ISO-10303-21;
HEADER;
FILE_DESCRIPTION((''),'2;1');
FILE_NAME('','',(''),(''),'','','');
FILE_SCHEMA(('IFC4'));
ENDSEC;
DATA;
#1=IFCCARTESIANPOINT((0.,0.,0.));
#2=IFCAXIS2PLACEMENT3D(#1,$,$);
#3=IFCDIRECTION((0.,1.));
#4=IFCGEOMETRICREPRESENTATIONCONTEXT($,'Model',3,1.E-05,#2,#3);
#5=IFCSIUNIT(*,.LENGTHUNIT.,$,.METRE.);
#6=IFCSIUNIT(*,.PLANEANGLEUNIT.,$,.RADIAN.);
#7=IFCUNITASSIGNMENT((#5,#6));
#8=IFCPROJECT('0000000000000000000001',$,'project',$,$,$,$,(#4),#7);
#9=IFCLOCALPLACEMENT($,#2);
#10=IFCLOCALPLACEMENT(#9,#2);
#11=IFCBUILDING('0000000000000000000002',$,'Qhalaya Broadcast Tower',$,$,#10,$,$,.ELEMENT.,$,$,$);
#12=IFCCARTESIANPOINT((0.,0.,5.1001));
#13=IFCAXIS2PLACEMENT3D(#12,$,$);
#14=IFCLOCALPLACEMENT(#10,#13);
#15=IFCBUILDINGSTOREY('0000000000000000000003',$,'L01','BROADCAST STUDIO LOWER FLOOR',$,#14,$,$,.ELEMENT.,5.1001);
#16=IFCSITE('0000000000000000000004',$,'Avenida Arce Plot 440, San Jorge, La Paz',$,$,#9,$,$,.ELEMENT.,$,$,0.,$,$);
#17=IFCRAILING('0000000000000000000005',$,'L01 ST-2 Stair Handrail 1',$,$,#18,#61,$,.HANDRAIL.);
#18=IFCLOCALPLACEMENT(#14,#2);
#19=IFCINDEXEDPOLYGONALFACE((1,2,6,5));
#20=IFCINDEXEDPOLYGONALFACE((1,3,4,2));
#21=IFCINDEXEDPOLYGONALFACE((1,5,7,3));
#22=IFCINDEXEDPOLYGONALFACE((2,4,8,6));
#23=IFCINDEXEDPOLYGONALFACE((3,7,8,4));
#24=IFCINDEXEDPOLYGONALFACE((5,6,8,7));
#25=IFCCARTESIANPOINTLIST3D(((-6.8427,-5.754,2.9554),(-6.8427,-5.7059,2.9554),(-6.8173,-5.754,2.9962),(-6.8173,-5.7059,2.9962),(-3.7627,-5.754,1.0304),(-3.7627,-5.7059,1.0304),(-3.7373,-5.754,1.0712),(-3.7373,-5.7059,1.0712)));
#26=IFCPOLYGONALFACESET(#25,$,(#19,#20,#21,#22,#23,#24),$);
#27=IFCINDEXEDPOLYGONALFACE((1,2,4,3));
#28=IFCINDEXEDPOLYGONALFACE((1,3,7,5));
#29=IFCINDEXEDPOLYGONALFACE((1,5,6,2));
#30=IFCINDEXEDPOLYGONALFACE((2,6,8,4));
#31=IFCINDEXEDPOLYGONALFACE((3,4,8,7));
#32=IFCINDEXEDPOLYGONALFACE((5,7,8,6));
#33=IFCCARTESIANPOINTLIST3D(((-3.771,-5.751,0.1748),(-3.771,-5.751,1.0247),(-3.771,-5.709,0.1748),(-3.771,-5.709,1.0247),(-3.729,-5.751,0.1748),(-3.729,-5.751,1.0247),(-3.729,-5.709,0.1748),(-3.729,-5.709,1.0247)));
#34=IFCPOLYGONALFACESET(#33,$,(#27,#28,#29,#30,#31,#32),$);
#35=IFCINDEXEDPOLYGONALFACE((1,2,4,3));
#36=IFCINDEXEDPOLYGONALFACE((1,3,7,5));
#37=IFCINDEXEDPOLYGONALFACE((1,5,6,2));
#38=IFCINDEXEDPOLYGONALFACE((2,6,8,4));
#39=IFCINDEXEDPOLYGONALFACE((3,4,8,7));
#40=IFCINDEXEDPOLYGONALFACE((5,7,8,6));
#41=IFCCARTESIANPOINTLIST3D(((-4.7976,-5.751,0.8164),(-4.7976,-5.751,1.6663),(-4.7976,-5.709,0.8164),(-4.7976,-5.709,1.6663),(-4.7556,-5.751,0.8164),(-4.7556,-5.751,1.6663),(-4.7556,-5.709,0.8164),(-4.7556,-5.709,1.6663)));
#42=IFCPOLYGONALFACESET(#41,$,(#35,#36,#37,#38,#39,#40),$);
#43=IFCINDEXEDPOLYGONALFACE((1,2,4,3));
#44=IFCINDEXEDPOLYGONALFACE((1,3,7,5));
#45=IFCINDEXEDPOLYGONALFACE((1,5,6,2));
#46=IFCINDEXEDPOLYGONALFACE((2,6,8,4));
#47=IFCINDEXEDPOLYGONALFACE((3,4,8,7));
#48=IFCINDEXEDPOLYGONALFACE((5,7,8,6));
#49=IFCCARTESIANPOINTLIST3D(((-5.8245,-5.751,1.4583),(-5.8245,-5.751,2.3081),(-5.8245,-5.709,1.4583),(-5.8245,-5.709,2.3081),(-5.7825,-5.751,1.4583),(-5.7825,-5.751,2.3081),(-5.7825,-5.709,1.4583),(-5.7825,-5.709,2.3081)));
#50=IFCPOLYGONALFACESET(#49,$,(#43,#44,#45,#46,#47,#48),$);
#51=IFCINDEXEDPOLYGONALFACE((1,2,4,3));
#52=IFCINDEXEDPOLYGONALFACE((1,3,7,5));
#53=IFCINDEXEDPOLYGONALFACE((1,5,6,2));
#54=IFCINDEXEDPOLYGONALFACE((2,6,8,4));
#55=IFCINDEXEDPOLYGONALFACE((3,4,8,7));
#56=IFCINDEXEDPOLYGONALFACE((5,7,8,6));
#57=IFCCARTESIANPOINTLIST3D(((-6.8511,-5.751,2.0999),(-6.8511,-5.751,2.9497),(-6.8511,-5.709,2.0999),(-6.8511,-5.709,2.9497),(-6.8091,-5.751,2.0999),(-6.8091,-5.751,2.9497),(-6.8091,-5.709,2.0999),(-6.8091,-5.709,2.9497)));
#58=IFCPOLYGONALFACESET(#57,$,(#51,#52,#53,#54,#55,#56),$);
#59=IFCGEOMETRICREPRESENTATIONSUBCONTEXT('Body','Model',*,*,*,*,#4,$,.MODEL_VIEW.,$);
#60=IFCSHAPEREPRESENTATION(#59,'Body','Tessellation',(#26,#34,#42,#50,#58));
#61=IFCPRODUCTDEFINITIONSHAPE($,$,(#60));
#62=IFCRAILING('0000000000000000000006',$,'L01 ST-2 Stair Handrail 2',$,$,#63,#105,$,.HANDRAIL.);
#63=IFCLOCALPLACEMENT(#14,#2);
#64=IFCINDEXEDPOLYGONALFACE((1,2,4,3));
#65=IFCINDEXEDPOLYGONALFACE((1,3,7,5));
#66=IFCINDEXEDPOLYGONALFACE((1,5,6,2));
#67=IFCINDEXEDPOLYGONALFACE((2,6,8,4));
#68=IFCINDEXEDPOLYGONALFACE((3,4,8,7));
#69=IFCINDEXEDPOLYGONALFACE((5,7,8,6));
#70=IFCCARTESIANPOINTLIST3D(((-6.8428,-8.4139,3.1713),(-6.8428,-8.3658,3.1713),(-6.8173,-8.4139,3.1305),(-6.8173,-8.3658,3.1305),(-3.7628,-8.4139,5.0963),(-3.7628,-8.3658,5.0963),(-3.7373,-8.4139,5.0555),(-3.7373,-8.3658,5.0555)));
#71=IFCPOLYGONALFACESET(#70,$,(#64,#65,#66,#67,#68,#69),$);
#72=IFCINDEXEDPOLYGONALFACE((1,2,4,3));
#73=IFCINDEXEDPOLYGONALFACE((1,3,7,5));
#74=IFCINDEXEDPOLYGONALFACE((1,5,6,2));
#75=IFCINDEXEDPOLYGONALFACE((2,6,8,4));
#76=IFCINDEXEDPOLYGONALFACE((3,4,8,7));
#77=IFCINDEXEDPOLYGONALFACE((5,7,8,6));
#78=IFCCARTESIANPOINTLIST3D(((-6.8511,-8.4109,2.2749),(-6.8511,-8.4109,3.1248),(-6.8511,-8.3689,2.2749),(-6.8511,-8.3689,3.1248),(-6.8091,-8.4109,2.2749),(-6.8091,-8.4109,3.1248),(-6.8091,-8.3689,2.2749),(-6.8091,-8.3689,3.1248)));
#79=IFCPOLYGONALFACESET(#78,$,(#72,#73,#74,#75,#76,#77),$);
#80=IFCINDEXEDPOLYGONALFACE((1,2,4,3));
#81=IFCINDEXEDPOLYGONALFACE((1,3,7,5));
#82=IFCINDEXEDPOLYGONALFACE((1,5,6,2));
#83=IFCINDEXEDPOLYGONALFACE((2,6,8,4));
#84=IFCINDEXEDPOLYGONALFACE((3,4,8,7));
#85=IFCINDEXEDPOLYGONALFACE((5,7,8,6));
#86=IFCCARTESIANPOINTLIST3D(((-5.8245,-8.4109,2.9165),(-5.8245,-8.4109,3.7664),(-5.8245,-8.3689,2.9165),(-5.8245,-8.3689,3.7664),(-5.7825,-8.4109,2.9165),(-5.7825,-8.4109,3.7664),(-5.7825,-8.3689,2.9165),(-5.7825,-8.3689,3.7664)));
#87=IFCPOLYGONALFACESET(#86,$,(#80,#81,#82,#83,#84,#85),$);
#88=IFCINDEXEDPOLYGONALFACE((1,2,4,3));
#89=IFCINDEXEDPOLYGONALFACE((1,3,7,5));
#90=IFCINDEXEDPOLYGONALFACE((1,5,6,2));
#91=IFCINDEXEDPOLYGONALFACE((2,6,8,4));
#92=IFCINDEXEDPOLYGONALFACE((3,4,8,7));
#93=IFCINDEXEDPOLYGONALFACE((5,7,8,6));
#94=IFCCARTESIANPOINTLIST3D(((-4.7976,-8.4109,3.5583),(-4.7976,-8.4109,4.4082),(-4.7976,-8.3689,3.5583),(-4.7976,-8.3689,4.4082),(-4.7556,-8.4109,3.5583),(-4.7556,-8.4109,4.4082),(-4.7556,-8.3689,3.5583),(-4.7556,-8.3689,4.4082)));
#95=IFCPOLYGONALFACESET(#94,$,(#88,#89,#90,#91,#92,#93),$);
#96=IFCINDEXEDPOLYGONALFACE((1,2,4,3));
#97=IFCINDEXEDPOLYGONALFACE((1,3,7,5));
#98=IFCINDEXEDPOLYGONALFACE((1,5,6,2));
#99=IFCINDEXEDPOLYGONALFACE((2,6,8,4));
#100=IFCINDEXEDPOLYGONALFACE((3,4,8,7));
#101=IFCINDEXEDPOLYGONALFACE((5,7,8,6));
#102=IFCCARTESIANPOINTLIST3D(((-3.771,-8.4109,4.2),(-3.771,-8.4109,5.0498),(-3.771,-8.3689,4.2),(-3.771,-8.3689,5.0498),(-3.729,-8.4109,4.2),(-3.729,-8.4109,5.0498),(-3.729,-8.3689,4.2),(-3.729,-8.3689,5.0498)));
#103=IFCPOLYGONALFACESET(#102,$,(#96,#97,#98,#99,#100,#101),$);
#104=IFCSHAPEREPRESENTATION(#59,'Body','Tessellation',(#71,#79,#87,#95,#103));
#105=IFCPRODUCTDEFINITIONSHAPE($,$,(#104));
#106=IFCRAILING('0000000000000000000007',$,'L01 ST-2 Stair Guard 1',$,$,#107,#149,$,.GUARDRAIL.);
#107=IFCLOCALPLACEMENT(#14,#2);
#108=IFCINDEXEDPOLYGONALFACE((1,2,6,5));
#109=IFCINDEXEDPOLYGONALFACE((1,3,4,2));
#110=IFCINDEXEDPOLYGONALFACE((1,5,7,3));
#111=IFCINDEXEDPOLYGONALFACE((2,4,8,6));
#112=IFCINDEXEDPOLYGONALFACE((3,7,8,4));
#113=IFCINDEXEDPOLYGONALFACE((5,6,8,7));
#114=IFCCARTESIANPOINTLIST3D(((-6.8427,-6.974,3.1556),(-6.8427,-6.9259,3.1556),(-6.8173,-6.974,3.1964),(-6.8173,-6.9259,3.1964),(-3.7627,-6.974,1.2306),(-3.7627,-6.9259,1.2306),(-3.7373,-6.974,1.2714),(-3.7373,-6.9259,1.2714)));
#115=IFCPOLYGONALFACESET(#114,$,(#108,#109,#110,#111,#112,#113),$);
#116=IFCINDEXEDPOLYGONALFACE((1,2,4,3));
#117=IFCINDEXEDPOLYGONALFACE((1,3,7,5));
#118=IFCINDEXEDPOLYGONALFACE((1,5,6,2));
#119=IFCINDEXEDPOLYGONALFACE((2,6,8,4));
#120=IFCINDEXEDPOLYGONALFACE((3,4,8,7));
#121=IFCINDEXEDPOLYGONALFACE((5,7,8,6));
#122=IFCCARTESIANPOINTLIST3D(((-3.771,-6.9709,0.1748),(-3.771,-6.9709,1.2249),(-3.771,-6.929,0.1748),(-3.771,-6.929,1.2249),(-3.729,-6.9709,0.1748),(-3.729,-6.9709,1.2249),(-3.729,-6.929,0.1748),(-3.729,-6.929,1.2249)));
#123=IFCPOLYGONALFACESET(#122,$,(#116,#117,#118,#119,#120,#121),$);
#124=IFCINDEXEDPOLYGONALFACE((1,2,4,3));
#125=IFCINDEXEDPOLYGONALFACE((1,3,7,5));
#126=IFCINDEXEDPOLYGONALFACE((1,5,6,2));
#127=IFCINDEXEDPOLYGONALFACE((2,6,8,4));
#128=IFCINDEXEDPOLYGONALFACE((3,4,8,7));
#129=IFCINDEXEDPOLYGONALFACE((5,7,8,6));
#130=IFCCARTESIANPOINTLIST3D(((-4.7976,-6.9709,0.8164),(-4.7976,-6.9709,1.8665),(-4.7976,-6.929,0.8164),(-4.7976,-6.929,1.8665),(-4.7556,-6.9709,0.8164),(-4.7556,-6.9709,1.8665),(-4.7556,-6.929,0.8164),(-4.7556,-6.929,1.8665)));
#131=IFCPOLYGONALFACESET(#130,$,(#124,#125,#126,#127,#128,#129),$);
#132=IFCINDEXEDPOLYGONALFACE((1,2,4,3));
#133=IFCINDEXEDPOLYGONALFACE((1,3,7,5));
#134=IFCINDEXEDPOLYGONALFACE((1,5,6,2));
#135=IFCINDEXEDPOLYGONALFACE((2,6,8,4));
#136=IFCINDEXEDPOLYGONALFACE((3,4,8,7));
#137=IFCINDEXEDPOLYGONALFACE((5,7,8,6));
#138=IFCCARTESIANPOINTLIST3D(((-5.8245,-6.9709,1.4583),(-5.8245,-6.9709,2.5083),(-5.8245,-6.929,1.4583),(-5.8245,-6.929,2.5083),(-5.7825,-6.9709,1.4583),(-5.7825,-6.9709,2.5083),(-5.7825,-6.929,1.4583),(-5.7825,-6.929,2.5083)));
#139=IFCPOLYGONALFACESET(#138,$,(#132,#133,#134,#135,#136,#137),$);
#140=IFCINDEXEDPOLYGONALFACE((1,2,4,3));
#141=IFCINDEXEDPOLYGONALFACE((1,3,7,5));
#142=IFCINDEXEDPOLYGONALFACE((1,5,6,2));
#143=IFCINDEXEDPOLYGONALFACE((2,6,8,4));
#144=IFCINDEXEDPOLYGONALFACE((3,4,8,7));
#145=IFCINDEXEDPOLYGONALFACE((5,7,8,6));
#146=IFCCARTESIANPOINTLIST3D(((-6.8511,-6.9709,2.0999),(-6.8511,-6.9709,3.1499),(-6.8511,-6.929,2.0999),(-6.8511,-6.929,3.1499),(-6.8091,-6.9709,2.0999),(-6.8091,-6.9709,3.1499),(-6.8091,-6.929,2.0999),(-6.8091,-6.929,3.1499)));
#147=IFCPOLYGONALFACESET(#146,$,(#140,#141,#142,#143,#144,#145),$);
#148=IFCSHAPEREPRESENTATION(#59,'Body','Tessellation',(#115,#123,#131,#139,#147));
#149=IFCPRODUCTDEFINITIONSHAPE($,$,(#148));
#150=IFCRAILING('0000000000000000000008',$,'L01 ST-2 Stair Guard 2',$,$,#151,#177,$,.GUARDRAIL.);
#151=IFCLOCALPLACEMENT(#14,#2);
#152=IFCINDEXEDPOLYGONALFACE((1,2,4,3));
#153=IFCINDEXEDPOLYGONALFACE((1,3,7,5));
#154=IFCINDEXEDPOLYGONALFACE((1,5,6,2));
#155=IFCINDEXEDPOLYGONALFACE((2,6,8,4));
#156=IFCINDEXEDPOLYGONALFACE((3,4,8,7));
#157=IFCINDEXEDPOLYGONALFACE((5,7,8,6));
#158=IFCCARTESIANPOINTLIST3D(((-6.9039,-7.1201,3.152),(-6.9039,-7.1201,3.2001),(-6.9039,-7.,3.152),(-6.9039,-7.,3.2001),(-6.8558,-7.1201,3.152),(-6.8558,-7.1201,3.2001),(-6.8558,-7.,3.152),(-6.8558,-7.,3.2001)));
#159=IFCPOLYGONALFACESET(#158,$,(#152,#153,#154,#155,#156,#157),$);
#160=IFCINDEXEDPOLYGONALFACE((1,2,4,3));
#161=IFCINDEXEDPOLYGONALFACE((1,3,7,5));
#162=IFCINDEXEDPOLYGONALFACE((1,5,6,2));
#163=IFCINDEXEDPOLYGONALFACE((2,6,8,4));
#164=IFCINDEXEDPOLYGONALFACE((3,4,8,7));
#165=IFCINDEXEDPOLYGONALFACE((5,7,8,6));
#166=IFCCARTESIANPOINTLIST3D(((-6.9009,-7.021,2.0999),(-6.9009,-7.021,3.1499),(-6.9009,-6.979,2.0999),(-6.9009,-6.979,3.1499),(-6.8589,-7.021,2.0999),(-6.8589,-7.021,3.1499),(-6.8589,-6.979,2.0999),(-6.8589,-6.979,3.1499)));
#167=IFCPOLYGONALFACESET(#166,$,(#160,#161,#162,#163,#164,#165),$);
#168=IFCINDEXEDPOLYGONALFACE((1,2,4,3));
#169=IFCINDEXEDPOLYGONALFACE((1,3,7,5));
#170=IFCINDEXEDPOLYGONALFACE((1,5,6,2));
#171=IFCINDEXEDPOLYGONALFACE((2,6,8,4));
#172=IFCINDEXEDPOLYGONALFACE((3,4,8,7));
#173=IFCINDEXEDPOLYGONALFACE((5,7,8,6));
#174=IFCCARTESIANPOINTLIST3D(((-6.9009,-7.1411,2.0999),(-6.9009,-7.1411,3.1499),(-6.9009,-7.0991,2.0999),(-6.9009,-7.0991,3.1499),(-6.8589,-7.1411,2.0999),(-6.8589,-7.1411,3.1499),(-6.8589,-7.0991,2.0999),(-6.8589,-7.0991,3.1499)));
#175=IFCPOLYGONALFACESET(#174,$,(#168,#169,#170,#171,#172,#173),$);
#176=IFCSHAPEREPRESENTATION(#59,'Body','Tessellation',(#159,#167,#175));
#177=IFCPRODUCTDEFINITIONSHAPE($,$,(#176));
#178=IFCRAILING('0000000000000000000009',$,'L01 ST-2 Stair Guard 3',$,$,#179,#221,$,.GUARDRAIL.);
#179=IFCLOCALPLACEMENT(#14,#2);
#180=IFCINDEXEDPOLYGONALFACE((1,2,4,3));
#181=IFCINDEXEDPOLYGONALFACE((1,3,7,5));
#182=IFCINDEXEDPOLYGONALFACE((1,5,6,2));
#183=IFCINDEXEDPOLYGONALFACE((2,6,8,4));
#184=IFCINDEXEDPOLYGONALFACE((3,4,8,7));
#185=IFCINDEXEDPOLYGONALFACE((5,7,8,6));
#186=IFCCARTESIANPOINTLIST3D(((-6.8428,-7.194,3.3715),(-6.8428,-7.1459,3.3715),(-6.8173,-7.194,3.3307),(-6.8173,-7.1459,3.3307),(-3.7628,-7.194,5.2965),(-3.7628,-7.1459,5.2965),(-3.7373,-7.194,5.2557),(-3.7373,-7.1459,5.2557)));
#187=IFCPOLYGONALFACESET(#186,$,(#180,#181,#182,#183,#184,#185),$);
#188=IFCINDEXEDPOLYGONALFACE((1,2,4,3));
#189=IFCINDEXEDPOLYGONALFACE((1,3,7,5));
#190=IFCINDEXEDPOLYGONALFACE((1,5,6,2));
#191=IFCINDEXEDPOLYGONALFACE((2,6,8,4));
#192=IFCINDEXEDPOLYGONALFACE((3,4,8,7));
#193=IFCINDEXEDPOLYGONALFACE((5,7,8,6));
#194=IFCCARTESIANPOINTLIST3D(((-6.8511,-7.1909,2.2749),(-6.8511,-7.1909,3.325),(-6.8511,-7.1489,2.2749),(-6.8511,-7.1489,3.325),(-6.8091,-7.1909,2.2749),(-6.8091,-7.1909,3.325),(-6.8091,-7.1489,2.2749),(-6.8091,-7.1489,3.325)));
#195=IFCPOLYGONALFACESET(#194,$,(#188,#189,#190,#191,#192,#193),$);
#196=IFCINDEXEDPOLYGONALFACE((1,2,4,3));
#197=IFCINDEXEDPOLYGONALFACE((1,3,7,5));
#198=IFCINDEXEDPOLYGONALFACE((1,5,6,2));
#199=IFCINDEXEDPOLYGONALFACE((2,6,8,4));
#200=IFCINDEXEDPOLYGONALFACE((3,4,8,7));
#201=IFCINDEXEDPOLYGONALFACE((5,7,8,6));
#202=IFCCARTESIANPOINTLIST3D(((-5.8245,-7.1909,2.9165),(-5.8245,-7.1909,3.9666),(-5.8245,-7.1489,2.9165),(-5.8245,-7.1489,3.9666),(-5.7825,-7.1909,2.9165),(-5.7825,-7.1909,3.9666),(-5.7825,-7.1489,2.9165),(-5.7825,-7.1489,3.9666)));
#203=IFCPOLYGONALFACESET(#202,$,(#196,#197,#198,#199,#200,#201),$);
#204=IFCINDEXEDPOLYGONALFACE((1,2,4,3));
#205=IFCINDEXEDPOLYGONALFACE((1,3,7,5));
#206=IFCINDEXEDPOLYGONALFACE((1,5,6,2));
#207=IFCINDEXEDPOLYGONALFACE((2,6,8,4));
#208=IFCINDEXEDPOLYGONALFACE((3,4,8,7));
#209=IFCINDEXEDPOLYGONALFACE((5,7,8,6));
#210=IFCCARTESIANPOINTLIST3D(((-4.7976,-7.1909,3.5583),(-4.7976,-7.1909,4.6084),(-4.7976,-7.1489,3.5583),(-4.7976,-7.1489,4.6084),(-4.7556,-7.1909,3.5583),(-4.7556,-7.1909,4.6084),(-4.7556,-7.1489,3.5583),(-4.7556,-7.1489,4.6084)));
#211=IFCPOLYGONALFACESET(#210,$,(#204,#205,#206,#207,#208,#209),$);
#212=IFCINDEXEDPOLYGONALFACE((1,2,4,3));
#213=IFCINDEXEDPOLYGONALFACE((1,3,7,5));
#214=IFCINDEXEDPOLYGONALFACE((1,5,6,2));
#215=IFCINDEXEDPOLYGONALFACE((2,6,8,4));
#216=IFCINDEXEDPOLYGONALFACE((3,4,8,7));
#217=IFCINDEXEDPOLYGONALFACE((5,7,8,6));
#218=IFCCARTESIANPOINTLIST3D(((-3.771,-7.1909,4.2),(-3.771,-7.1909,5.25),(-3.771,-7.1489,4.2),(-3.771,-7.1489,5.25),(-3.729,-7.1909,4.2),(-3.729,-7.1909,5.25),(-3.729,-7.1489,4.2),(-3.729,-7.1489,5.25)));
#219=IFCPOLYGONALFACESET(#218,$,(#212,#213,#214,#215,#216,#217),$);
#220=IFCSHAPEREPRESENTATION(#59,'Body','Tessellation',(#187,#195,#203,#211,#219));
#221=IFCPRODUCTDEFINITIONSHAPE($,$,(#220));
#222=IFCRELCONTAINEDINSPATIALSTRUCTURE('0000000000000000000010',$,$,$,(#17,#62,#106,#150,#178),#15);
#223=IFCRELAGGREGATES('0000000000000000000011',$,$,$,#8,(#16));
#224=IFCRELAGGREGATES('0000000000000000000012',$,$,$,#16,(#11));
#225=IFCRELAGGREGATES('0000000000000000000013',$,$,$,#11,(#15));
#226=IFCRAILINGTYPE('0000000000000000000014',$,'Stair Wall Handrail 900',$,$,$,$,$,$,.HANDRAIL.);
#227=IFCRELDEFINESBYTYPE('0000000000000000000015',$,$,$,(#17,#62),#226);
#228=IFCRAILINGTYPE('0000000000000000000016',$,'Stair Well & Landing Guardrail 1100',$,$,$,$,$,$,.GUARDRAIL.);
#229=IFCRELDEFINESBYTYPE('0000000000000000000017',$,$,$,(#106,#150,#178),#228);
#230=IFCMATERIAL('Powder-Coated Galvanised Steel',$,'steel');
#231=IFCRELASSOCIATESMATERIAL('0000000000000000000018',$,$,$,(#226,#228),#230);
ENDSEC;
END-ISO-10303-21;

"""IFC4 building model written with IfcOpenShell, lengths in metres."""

from ifc_helpers import new_model, si_unit, direction, frame, origin, origin_2d, place, context, subcontext, project, spatial, rectangle, extrude, material, type_object, element, save


model = new_model("IFC4")

# Units and contexts
model_context = context("Model", 3, precision=1e-05, world=origin(), true_north=direction((0.0, 1.0)))
body_context = subcontext(model_context, "Body", "Model", "MODEL_VIEW")
ifc_project = project(units=[si_unit("LENGTHUNIT", "METRE"), si_unit("PLANEANGLEUNIT", "RADIAN")], contexts=[model_context])

# Site, building, storey
site_placement = place(None, origin())
site = spatial("IfcSite", under=ifc_project, at=site_placement, Name="Avenida Arce Plot 440, San Jorge, La Paz", CompositionType="ELEMENT", RefElevation=0.0)
building_placement = place(site_placement, origin())
building = spatial("IfcBuilding", under=site, at=building_placement, Name="Qhalaya Broadcast Tower", CompositionType="ELEMENT")
storey_placement = place(building_placement, frame((0.0, 0.0, 5.1001)))
storey = spatial("IfcBuildingStorey", under=building, at=storey_placement, Name="L01", Description="BROADCAST STUDIO LOWER FLOOR", CompositionType="ELEMENT", Elevation=5.1001)

# Railings
ifc_material_1 = material(Name="Powder-Coated Galvanised Steel", Category="steel")
railing_type_1 = type_object("IfcRailingType", Name="Stair Wall Handrail 900", PredefinedType="HANDRAIL", material=ifc_material_1)
railing_1_placement = place(storey_placement, frame((-3.75, -5.73, 0.1748)))
element("IfcRailing", 1, at=railing_1_placement, inside=storey, type_object=railing_type_1, Name="L01 ST-2 Stair Handrail 1", PredefinedType="HANDRAIL", context=body_context, shape_type="SweptSolid", body=[
    extrude(rectangle(XDim=0.0481, YDim=0.0481, at=origin_2d()), frame((0.0, 0.0, 0.876), z_axis=(-0.847998, 0.0, 0.529999), x_axis=(0.0, -1.0, 0.0)), (0.0, 0.0, 1.0), 3.6321),
    extrude(rectangle(XDim=0.042, YDim=0.042, at=origin_2d()), origin(), (0.0, 0.0, 1.0), 0.8499),
    extrude(rectangle(XDim=0.042, YDim=0.042, at=origin_2d()), frame((-1.0266, 0.0, 0.6416)), (0.0, 0.0, 1.0), 0.8499),
    extrude(rectangle(XDim=0.042, YDim=0.042, at=origin_2d()), frame((-2.0535, 0.0, 1.2834)), (0.0, 0.0, 1.0), 0.8499),
    extrude(rectangle(XDim=0.042, YDim=0.042, at=origin_2d()), frame((-3.0801, 0.0, 1.925)), (0.0, 0.0, 1.0), 0.8499),
])
railing_2_placement = place(storey_placement, frame((-6.8301, -8.3899, 2.2749)))
element("IfcRailing", 2, at=railing_2_placement, inside=storey, type_object=railing_type_1, Name="L01 ST-2 Stair Handrail 2", PredefinedType="HANDRAIL", context=body_context, shape_type="SweptSolid", body=[
    extrude(rectangle(XDim=0.0481, YDim=0.0481, at=origin_2d()), frame((0.0, 0.0, 0.876), z_axis=(0.847998, 0.0, 0.529999), x_axis=(0.0, 1.0, 0.0)), (0.0, 0.0, 1.0), 3.6321),
    extrude(rectangle(XDim=0.042, YDim=0.042, at=origin_2d()), origin(), (0.0, 0.0, 1.0), 0.8499),
    extrude(rectangle(XDim=0.042, YDim=0.042, at=origin_2d()), frame((1.0266, 0.0, 0.6416)), (0.0, 0.0, 1.0), 0.8499),
    extrude(rectangle(XDim=0.042, YDim=0.042, at=origin_2d()), frame((2.0535, 0.0, 1.2834)), (0.0, 0.0, 1.0), 0.8499),
    extrude(rectangle(XDim=0.042, YDim=0.042, at=origin_2d()), frame((3.0801, 0.0, 1.925)), (0.0, 0.0, 1.0), 0.8499),
])
railing_type_2 = type_object("IfcRailingType", Name="Stair Well & Landing Guardrail 1100", PredefinedType="GUARDRAIL", material=ifc_material_1)
railing_3_placement = place(storey_placement, frame((-3.75, -6.95, 0.1748)))
element("IfcRailing", 3, at=railing_3_placement, inside=storey, type_object=railing_type_2, Name="L01 ST-2 Stair Guard 1", PredefinedType="GUARDRAIL", context=body_context, shape_type="SweptSolid", body=[
    extrude(rectangle(XDim=0.0481, YDim=0.0481, at=origin_2d()), frame((0.0, 0.0, 1.0762), z_axis=(-0.847998, 0.0, 0.529999), x_axis=(0.0, -1.0, 0.0)), (0.0, 0.0, 1.0), 3.6321),
    extrude(rectangle(XDim=0.042, YDim=0.042, at=origin_2d()), origin(), (0.0, 0.0, 1.0), 1.05),
    extrude(rectangle(XDim=0.042, YDim=0.042, at=origin_2d()), frame((-1.0266, 0.0, 0.6416)), (0.0, 0.0, 1.0), 1.05),
    extrude(rectangle(XDim=0.042, YDim=0.042, at=origin_2d()), frame((-2.0535, 0.0, 1.2834)), (0.0, 0.0, 1.0), 1.05),
    extrude(rectangle(XDim=0.042, YDim=0.042, at=origin_2d()), frame((-3.0801, 0.0, 1.925)), (0.0, 0.0, 1.0), 1.05),
])
railing_4_placement = place(storey_placement, frame((-6.8799, -7.0, 2.0999)))
element("IfcRailing", 4, at=railing_4_placement, inside=storey, type_object=railing_type_2, Name="L01 ST-2 Stair Guard 2", PredefinedType="GUARDRAIL", context=body_context, shape_type="SweptSolid", body=[
    extrude(rectangle(XDim=0.0481, YDim=0.0481, at=origin_2d()), frame((0.0, 0.0, 1.0762), z_axis=(0.0, -1.0, 0.0), x_axis=(1.0, 0.0, 0.0)), (0.0, 0.0, 1.0), 0.1201),
    extrude(rectangle(XDim=0.042, YDim=0.042, at=origin_2d()), origin(), (0.0, 0.0, 1.0), 1.05),
    extrude(rectangle(XDim=0.042, YDim=0.042, at=origin_2d()), frame((0.0, -0.1201, 0.0)), (0.0, 0.0, 1.0), 1.05),
])
railing_5_placement = place(storey_placement, frame((-6.8301, -7.1699, 2.2749)))
element("IfcRailing", 5, at=railing_5_placement, inside=storey, type_object=railing_type_2, Name="L01 ST-2 Stair Guard 3", PredefinedType="GUARDRAIL", context=body_context, shape_type="SweptSolid", body=[
    extrude(rectangle(XDim=0.0481, YDim=0.0481, at=origin_2d()), frame((0.0, 0.0, 1.0762), z_axis=(0.847998, 0.0, 0.529999), x_axis=(0.0, 1.0, 0.0)), (0.0, 0.0, 1.0), 3.6321),
    extrude(rectangle(XDim=0.042, YDim=0.042, at=origin_2d()), origin(), (0.0, 0.0, 1.0), 1.05),
    extrude(rectangle(XDim=0.042, YDim=0.042, at=origin_2d()), frame((1.0266, 0.0, 0.6416)), (0.0, 0.0, 1.0), 1.05),
    extrude(rectangle(XDim=0.042, YDim=0.042, at=origin_2d()), frame((2.0535, 0.0, 1.2834)), (0.0, 0.0, 1.0), 1.05),
    extrude(rectangle(XDim=0.042, YDim=0.042, at=origin_2d()), frame((3.0801, 0.0, 1.925)), (0.0, 0.0, 1.0), 1.05),
])

save(model, "model.ifc")
